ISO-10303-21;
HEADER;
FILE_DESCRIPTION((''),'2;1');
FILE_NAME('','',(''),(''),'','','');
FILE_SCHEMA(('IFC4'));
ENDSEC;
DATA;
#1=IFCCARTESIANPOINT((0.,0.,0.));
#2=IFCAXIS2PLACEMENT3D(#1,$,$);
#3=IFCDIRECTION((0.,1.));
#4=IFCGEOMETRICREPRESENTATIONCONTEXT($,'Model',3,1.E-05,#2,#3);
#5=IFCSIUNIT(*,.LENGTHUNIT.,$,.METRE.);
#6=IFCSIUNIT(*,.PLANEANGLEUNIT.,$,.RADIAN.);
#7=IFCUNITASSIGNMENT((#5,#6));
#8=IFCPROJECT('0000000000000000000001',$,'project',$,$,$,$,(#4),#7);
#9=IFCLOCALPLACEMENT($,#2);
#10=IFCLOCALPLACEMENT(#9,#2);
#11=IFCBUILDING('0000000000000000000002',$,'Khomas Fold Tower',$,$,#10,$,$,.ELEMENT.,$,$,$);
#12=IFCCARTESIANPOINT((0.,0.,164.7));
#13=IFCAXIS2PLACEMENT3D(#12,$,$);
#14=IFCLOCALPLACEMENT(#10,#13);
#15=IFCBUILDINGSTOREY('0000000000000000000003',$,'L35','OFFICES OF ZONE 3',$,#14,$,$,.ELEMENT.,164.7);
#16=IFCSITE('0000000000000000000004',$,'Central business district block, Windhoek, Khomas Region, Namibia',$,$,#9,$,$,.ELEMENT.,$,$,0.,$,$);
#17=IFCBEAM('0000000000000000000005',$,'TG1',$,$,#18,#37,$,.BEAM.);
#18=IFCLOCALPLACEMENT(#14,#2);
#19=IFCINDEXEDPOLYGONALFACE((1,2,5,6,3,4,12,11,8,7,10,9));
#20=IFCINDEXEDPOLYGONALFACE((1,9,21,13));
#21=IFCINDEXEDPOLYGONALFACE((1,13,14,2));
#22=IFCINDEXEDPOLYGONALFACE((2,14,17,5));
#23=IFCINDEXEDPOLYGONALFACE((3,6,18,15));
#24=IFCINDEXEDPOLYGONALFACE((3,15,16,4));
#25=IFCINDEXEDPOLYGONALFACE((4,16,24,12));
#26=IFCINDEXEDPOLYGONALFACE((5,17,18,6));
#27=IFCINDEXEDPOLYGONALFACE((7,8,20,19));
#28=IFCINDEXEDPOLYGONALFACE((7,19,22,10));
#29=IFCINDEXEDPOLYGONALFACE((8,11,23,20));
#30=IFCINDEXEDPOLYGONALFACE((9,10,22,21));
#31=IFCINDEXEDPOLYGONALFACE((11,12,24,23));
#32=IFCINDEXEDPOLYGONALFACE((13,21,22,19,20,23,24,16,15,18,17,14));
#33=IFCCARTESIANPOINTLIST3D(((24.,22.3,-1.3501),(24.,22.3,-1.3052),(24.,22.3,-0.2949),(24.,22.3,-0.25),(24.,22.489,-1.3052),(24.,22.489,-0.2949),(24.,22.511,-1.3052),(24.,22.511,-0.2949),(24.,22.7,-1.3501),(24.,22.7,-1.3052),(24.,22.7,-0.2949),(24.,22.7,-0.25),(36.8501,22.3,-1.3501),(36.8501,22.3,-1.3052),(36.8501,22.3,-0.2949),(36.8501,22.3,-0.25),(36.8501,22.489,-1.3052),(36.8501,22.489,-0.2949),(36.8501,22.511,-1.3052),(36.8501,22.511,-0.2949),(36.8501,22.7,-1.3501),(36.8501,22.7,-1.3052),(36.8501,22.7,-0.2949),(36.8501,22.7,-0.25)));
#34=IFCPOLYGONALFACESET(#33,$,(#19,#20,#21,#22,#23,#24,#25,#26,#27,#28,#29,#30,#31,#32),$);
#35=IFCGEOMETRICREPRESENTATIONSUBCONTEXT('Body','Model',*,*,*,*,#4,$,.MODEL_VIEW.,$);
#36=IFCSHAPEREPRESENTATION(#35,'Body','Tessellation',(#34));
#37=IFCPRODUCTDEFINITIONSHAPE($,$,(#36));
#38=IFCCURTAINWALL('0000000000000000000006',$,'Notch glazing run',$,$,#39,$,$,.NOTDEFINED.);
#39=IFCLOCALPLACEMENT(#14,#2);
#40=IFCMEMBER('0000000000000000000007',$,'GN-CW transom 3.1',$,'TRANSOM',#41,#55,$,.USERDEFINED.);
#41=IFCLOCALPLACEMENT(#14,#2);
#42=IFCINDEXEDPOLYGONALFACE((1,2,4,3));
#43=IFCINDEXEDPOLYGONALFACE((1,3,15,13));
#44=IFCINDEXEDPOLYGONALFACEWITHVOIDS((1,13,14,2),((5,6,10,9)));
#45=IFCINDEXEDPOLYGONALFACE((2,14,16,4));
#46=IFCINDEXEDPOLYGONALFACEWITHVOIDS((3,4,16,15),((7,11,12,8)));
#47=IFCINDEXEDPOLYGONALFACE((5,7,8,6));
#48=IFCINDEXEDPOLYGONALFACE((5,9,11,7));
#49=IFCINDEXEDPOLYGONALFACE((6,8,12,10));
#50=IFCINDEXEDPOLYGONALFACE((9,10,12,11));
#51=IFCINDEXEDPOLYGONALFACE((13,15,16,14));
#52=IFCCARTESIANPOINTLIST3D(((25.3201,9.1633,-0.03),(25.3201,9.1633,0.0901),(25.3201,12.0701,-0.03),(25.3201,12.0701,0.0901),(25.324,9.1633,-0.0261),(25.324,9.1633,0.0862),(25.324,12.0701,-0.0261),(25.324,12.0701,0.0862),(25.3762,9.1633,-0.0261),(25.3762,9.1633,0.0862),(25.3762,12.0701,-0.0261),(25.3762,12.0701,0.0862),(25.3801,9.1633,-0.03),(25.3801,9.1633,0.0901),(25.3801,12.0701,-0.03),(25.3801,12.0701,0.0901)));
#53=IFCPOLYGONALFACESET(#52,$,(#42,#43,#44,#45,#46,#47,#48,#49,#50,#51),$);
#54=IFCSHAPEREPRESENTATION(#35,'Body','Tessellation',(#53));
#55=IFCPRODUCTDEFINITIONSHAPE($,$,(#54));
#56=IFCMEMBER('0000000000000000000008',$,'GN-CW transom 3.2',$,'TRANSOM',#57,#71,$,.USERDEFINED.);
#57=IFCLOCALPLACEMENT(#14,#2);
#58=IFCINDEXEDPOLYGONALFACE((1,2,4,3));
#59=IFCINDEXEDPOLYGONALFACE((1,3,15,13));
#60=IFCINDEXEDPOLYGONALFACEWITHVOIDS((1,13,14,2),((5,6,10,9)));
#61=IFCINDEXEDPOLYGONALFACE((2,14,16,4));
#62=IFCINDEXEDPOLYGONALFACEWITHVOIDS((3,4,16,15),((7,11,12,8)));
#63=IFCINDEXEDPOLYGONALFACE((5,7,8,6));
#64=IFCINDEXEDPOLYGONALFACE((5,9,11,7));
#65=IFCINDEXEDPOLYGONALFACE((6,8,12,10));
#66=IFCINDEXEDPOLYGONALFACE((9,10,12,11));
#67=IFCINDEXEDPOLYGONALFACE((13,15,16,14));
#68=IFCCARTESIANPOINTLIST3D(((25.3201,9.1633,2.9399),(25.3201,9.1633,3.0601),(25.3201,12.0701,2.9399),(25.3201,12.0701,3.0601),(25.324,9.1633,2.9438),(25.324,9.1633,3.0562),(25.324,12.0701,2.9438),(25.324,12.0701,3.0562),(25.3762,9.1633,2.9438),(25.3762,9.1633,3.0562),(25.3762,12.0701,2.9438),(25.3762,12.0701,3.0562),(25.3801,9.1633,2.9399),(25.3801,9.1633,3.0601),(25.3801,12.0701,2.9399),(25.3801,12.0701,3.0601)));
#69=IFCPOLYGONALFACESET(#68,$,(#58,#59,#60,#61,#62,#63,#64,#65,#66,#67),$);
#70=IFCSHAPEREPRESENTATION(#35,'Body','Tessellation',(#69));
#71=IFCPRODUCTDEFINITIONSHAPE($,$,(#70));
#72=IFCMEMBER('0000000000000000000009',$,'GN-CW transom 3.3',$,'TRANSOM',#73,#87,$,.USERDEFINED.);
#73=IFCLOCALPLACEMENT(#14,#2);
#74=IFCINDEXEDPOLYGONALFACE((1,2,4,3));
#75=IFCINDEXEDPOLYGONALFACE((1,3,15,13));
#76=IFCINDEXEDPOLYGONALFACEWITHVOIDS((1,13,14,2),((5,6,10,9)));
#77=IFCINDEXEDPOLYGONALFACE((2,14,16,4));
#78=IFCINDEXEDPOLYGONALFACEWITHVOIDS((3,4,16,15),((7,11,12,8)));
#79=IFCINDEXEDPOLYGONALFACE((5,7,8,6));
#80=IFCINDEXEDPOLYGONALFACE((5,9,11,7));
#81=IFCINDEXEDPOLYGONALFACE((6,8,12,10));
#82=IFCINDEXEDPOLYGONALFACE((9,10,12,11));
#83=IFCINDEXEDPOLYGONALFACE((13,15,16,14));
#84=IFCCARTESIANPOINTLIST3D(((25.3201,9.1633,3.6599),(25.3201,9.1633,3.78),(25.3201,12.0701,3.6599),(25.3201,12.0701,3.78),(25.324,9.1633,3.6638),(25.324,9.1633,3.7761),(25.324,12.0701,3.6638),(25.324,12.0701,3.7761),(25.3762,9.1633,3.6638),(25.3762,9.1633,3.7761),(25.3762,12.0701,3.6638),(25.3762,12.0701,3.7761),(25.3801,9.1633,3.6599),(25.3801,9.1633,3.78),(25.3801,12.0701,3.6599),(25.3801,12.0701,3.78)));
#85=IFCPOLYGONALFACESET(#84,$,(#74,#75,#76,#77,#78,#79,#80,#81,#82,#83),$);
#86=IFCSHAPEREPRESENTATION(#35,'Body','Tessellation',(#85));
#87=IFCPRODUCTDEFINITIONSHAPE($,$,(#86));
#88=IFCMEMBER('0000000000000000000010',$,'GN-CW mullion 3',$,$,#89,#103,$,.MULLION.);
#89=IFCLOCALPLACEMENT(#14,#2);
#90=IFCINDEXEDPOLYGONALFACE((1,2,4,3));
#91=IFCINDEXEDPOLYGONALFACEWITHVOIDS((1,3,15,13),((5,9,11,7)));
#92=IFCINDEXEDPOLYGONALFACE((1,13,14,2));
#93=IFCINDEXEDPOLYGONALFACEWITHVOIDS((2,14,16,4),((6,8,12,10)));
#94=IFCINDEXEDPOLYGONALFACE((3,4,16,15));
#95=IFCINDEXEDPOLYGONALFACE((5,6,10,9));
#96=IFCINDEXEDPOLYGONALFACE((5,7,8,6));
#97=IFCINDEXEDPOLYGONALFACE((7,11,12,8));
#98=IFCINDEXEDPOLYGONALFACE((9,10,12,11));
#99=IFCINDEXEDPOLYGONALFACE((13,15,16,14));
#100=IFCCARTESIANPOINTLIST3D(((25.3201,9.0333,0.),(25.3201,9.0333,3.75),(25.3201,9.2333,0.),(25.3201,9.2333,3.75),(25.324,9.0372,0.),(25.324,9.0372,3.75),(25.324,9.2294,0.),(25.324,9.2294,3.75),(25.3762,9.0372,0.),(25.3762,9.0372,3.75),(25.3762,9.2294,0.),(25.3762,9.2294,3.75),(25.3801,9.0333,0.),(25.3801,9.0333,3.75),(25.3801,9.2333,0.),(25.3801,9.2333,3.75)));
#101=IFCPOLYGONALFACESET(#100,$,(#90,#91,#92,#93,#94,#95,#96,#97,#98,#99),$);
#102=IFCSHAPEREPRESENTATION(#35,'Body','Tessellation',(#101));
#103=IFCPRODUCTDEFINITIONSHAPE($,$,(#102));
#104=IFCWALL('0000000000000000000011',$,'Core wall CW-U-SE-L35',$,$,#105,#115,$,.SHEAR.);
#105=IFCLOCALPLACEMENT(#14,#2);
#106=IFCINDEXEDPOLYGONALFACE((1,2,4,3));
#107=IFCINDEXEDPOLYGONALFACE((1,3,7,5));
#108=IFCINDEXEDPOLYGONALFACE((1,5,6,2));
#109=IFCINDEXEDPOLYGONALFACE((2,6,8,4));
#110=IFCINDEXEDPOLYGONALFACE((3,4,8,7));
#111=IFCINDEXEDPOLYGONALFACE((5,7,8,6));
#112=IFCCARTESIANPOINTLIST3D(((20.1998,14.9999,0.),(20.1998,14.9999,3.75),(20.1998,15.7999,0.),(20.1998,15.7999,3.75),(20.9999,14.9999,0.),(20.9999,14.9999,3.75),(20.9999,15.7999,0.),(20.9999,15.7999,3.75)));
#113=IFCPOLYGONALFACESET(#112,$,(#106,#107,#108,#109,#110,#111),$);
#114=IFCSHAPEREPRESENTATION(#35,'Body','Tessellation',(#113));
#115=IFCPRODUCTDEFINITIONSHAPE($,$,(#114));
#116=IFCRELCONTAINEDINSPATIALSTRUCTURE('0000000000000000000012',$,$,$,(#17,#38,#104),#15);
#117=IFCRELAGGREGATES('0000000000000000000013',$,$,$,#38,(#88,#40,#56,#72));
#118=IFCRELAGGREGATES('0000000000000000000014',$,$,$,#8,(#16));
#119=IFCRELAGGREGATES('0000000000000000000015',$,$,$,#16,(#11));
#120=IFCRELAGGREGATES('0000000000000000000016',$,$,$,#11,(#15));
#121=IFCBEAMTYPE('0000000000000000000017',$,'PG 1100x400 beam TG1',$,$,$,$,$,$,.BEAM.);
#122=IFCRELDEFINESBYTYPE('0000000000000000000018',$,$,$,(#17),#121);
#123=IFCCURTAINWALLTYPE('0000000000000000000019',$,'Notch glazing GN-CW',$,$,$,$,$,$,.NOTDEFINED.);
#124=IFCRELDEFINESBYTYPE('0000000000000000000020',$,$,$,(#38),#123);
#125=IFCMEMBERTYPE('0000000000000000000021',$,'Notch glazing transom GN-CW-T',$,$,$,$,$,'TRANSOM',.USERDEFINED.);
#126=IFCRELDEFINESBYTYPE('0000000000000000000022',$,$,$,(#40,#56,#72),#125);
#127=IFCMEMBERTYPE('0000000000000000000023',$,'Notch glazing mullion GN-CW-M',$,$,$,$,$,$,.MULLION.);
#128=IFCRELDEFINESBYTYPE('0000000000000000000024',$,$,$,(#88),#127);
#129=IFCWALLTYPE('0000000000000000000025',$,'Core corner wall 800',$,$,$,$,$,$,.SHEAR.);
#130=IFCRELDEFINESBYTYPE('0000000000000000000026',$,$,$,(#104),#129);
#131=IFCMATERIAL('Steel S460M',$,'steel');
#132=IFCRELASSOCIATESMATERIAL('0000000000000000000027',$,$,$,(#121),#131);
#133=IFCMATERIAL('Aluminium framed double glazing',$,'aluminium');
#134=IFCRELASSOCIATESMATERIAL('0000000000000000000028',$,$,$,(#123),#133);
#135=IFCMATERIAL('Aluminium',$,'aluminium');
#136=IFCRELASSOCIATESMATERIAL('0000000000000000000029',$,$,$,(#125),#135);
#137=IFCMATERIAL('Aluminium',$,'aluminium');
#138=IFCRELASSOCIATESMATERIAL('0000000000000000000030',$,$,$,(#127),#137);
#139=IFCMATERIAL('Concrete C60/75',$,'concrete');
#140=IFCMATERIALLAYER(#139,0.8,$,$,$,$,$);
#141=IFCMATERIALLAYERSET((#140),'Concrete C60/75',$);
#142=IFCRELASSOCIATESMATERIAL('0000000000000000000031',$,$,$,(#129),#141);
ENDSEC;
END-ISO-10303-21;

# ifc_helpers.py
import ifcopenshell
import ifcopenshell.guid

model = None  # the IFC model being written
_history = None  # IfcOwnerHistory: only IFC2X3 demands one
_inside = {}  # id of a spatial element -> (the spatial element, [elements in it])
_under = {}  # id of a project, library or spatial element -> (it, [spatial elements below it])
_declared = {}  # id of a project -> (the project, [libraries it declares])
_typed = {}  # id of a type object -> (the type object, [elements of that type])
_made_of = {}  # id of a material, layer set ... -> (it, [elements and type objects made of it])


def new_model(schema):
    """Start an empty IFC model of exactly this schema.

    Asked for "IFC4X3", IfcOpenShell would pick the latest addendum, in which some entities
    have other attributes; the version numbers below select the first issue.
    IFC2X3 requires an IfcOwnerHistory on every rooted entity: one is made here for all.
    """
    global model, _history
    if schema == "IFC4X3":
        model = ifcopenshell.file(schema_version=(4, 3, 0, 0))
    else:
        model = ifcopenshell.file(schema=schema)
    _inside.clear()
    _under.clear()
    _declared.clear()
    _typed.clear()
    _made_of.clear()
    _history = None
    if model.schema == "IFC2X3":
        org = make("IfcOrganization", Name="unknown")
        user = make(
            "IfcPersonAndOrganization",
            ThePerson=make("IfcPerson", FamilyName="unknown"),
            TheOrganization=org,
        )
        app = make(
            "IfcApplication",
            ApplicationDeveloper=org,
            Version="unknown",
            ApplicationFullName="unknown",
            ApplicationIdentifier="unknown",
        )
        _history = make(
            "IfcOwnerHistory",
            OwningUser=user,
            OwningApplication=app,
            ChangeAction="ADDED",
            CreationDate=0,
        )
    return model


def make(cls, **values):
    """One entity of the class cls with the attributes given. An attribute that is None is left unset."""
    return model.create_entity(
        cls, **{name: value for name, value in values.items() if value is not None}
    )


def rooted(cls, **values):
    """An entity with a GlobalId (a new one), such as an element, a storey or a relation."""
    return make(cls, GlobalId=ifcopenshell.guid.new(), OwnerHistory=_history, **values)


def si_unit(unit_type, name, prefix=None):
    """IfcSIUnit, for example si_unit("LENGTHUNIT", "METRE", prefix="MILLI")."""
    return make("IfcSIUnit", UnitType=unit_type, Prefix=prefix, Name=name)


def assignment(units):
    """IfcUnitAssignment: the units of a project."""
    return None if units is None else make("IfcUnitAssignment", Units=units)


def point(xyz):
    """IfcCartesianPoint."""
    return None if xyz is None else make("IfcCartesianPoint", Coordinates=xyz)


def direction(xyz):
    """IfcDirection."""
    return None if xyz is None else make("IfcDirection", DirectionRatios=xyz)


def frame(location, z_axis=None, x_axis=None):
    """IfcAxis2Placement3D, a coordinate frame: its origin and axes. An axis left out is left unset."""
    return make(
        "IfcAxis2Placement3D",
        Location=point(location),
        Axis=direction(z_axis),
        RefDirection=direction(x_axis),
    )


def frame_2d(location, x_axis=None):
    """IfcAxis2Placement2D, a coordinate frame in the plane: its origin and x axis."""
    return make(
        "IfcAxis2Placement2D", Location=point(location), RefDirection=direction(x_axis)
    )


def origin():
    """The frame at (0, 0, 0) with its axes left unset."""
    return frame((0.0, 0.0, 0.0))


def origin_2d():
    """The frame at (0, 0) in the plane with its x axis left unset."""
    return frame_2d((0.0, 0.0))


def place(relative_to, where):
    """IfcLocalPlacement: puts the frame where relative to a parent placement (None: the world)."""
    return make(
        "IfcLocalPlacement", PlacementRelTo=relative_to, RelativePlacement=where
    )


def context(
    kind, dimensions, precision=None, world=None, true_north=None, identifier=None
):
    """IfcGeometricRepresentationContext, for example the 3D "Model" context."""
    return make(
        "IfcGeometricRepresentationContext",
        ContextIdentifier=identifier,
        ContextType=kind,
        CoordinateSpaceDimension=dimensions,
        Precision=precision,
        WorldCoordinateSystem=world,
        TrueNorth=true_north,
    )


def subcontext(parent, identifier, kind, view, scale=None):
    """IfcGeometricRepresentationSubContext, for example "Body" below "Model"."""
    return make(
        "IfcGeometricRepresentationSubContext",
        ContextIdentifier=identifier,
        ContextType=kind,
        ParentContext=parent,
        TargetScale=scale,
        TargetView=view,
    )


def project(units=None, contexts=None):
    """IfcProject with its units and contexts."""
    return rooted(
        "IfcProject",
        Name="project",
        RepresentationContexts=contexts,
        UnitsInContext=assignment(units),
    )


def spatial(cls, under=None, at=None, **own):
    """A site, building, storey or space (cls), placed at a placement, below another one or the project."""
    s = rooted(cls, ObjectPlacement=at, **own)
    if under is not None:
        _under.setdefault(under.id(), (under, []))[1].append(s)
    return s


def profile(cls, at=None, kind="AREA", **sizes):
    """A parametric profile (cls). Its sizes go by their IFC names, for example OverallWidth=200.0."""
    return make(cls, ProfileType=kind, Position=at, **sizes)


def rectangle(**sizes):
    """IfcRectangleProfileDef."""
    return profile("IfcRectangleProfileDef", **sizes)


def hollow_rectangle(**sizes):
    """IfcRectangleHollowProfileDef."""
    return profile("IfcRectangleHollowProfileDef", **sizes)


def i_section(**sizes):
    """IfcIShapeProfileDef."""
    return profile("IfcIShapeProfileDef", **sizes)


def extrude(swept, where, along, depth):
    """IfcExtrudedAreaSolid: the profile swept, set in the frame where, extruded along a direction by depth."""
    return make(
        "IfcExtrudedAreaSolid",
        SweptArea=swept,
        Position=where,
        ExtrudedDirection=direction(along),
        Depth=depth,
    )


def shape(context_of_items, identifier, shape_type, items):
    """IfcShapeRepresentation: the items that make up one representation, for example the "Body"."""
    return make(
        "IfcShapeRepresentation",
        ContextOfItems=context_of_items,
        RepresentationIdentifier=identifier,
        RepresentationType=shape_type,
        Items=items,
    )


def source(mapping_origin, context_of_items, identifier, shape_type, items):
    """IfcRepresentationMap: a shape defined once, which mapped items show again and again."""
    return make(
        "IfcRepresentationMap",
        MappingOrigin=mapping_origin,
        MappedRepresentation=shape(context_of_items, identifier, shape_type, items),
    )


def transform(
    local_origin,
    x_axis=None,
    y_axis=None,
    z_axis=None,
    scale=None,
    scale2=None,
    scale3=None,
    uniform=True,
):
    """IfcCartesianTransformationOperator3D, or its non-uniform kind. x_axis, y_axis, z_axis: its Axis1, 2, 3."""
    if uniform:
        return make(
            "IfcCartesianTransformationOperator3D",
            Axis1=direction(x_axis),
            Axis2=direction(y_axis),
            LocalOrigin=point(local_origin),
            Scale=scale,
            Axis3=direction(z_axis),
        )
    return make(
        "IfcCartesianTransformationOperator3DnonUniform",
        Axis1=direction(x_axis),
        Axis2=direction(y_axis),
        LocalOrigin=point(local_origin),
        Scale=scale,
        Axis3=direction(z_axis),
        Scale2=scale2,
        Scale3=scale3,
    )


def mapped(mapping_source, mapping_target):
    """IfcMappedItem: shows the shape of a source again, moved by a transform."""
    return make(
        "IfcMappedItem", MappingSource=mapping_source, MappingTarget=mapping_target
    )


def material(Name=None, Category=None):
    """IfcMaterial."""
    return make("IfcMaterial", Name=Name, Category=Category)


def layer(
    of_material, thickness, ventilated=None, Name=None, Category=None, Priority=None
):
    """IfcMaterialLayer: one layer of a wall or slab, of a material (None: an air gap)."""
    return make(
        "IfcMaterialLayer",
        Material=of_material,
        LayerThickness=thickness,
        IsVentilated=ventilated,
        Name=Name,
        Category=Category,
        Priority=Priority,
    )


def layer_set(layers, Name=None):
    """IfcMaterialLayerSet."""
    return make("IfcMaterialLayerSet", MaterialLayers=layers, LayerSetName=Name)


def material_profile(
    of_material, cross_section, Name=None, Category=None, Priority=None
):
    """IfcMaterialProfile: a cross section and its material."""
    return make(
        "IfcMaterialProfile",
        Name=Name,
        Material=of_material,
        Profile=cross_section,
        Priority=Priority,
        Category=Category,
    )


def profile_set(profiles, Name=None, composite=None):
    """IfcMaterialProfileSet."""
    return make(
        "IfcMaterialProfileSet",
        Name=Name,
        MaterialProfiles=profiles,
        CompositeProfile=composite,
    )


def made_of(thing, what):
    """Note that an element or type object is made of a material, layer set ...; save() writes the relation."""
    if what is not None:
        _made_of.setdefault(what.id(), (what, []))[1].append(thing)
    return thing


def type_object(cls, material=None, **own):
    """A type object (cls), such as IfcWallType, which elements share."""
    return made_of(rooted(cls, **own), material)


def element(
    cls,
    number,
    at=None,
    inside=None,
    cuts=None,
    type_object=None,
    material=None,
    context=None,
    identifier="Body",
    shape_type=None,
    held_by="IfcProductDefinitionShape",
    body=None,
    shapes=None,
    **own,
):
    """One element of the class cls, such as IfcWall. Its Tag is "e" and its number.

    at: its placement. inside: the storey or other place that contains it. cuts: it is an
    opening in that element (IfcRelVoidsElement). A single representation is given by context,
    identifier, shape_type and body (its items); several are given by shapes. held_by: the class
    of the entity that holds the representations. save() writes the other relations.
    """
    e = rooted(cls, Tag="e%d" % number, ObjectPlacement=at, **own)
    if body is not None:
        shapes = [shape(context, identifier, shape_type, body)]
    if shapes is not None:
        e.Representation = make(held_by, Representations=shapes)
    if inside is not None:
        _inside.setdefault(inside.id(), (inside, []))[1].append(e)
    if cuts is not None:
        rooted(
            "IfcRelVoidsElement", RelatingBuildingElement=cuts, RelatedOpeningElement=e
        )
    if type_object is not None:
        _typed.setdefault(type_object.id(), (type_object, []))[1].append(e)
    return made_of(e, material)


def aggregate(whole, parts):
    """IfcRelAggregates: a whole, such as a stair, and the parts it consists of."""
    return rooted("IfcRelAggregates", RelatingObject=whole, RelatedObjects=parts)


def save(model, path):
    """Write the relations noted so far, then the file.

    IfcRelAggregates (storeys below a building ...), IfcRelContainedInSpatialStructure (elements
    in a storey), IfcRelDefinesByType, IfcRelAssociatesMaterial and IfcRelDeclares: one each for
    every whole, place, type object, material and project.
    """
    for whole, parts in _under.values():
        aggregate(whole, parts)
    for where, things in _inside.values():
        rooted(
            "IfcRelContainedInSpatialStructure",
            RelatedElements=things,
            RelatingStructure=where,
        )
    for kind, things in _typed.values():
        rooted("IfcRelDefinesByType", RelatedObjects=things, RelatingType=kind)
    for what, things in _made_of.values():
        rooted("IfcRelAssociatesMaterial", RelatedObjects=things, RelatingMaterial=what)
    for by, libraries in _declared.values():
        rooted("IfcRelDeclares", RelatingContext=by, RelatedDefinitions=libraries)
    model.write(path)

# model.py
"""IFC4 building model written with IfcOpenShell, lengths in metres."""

from ifc_helpers import new_model, si_unit, direction, frame, frame_2d, origin, origin_2d, place, context, subcontext, project, spatial, rectangle, hollow_rectangle, i_section, extrude, source, transform, mapped, material, layer, layer_set, material_profile, profile_set, type_object, element, aggregate, save


model = new_model("IFC4")

# Units and contexts
model_context = context("Model", 3, precision=1e-05, world=origin(), true_north=direction((0.0, 1.0)))
body_context = subcontext(model_context, "Body", "Model", "MODEL_VIEW")
ifc_project = project(units=[si_unit("LENGTHUNIT", "METRE"), si_unit("PLANEANGLEUNIT", "RADIAN")], contexts=[model_context])

# Site, building, storey
site_placement = place(None, origin())
site = spatial("IfcSite", under=ifc_project, at=site_placement, Name="Central business district block, Windhoek, Khomas Region, Namibia", CompositionType="ELEMENT", RefElevation=0.0)
building_placement = place(site_placement, origin())
building = spatial("IfcBuilding", under=site, at=building_placement, Name="Khomas Fold Tower", CompositionType="ELEMENT")
storey_placement = place(building_placement, frame((0.0, 0.0, 164.7)))
storey = spatial("IfcBuildingStorey", under=building, at=storey_placement, Name="L35", Description="OFFICES OF ZONE 3", CompositionType="ELEMENT", Elevation=164.7)

# Beam
ifc_material_1 = material(Name="Steel S460M", Category="steel")
ifc_material_profile_1 = material_profile(ifc_material_1, i_section(OverallWidth=0.3999, OverallDepth=1.1001, WebThickness=0.022, FlangeThickness=0.0449, at=origin_2d()), Name="PG 1100x400")
ifc_profile_set_1 = profile_set([ifc_material_profile_1], Name="Steel S460M")
beam_type = type_object("IfcBeamType", Name="PG 1100x400 beam TG1", PredefinedType="BEAM", material=ifc_profile_set_1)
shared_shape_1 = source(origin(), body_context, "Body", "SweptSolid", [
    extrude(i_section(OverallWidth=0.3999, OverallDepth=1.1001, WebThickness=0.022, FlangeThickness=0.0449, at=origin_2d()), origin(), (0.0, 0.0, 1.0), 12.8501),
])
beam_placement = place(storey_placement, frame((24.0, 22.5, -0.8), z_axis=(1.0, 0.0, 0.0), x_axis=(0.0, 1.0, 0.0)))
element("IfcBeam", 1, at=beam_placement, inside=storey, type_object=beam_type, Name="TG1", PredefinedType="BEAM", context=body_context, shape_type="MappedRepresentation", body=[
    mapped(shared_shape_1, transform((0.0, 0.0, 0.0))),
])

# Curtain wall, members
ifc_material_2 = material(Name="Aluminium framed double glazing", Category="aluminium")
curtain_wall_type = type_object("IfcCurtainWallType", Name="Notch glazing GN-CW", PredefinedType="NOTDEFINED", material=ifc_material_2)
curtain_wall_placement = place(storey_placement, origin())
curtain_wall = element("IfcCurtainWall", 2, at=curtain_wall_placement, inside=storey, type_object=curtain_wall_type, Name="Notch glazing run", PredefinedType="NOTDEFINED")
ifc_material_3 = material(Name="Aluminium", Category="aluminium")
ifc_material_profile_2 = material_profile(ifc_material_3, hollow_rectangle(XDim=0.0601, YDim=0.1201, WallThickness=0.0039, at=origin_2d()), Name="Notch glazing transom GN-CW-T")
ifc_profile_set_2 = profile_set([ifc_material_profile_2], Name="Aluminium")
member_type_1 = type_object("IfcMemberType", Name="Notch glazing transom GN-CW-T", ElementType="TRANSOM", PredefinedType="USERDEFINED", material=ifc_profile_set_2)
shared_shape_2 = source(origin(), body_context, "Body", "SweptSolid", [
    extrude(hollow_rectangle(XDim=0.0601, YDim=0.1201, WallThickness=0.0039, at=origin_2d()), origin(), (0.0, 0.0, 1.0), 2.9067),
])
member_1_placement = place(storey_placement, frame((25.3501, 9.1633, 0.03), z_axis=(0.0, 1.0, 0.0), x_axis=(-1.0, 0.0, 0.0)))
member_1 = element("IfcMember", 3, at=member_1_placement, type_object=member_type_1, Name="GN-CW transom 3.1", ObjectType="TRANSOM", PredefinedType="USERDEFINED", context=body_context, shape_type="MappedRepresentation", body=[
    mapped(shared_shape_2, transform((0.0, 0.0, 0.0))),
])
member_2_placement = place(storey_placement, frame((25.3501, 9.1633, 3.0), z_axis=(0.0, 1.0, 0.0), x_axis=(-1.0, 0.0, 0.0)))
member_2 = element("IfcMember", 4, at=member_2_placement, type_object=member_type_1, Name="GN-CW transom 3.2", ObjectType="TRANSOM", PredefinedType="USERDEFINED", context=body_context, shape_type="MappedRepresentation", body=[
    mapped(shared_shape_2, transform((0.0, 0.0, 0.0))),
])
member_3_placement = place(storey_placement, frame((25.3501, 9.1633, 3.72), z_axis=(0.0, 1.0, 0.0), x_axis=(-1.0, 0.0, 0.0)))
member_3 = element("IfcMember", 5, at=member_3_placement, type_object=member_type_1, Name="GN-CW transom 3.3", ObjectType="TRANSOM", PredefinedType="USERDEFINED", context=body_context, shape_type="MappedRepresentation", body=[
    mapped(shared_shape_2, transform((0.0, 0.0, 0.0))),
])
ifc_material_4 = material(Name="Aluminium", Category="aluminium")
ifc_material_profile_3 = material_profile(ifc_material_4, hollow_rectangle(XDim=0.0601, YDim=0.2, WallThickness=0.0039, at=origin_2d()), Name="Notch glazing mullion GN-CW-M")
ifc_profile_set_3 = profile_set([ifc_material_profile_3], Name="Aluminium")
member_type_2 = type_object("IfcMemberType", Name="Notch glazing mullion GN-CW-M", PredefinedType="MULLION", material=ifc_profile_set_3)
shared_shape_3 = source(origin(), body_context, "Body", "SweptSolid", [
    extrude(hollow_rectangle(XDim=0.0601, YDim=0.2, WallThickness=0.0039, at=origin_2d()), origin(), (0.0, 0.0, 1.0), 3.75),
])
member_4_placement = place(storey_placement, frame((25.3501, 9.1333, 0.0), z_axis=(0.0, 0.0, 1.0), x_axis=(-1.0, 0.0, 0.0)))
member_4 = element("IfcMember", 6, at=member_4_placement, type_object=member_type_2, Name="GN-CW mullion 3", PredefinedType="MULLION", context=body_context, shape_type="MappedRepresentation", body=[
    mapped(shared_shape_3, transform((0.0, 0.0, 0.0))),
])
aggregate(curtain_wall, [member_4, member_1, member_2, member_3])

# Wall
ifc_material_5 = material(Name="Concrete C60/75", Category="concrete")
ifc_layer_1 = layer(ifc_material_5, 0.8)
ifc_layer_set_1 = layer_set([ifc_layer_1], Name="Concrete C60/75")
wall_type_1 = type_object("IfcWallType", Name="Core corner wall 800", PredefinedType="SHEAR", material=ifc_layer_set_1)
shared_shape_4 = source(origin(), body_context, "Body", "SweptSolid", [
    extrude(rectangle(XDim=0.8, YDim=0.8, at=frame_2d((0.3999, 0.0))), origin(), (0.0, 0.0, 1.0), 3.75),
])
wall_1_placement = place(storey_placement, frame((20.2, 15.3999, 0.0), z_axis=(0.0, 0.0, 1.0), x_axis=(1.0, 0.0, 0.0)))
element("IfcWall", 7, at=wall_1_placement, inside=storey, type_object=wall_type_1, Name="Core wall CW-U-SE-L35", PredefinedType="SHEAR", context=body_context, shape_type="MappedRepresentation", body=[
    mapped(shared_shape_4, transform((0.0, 0.0, 0.0))),
])

save(model, "model.ifc")
